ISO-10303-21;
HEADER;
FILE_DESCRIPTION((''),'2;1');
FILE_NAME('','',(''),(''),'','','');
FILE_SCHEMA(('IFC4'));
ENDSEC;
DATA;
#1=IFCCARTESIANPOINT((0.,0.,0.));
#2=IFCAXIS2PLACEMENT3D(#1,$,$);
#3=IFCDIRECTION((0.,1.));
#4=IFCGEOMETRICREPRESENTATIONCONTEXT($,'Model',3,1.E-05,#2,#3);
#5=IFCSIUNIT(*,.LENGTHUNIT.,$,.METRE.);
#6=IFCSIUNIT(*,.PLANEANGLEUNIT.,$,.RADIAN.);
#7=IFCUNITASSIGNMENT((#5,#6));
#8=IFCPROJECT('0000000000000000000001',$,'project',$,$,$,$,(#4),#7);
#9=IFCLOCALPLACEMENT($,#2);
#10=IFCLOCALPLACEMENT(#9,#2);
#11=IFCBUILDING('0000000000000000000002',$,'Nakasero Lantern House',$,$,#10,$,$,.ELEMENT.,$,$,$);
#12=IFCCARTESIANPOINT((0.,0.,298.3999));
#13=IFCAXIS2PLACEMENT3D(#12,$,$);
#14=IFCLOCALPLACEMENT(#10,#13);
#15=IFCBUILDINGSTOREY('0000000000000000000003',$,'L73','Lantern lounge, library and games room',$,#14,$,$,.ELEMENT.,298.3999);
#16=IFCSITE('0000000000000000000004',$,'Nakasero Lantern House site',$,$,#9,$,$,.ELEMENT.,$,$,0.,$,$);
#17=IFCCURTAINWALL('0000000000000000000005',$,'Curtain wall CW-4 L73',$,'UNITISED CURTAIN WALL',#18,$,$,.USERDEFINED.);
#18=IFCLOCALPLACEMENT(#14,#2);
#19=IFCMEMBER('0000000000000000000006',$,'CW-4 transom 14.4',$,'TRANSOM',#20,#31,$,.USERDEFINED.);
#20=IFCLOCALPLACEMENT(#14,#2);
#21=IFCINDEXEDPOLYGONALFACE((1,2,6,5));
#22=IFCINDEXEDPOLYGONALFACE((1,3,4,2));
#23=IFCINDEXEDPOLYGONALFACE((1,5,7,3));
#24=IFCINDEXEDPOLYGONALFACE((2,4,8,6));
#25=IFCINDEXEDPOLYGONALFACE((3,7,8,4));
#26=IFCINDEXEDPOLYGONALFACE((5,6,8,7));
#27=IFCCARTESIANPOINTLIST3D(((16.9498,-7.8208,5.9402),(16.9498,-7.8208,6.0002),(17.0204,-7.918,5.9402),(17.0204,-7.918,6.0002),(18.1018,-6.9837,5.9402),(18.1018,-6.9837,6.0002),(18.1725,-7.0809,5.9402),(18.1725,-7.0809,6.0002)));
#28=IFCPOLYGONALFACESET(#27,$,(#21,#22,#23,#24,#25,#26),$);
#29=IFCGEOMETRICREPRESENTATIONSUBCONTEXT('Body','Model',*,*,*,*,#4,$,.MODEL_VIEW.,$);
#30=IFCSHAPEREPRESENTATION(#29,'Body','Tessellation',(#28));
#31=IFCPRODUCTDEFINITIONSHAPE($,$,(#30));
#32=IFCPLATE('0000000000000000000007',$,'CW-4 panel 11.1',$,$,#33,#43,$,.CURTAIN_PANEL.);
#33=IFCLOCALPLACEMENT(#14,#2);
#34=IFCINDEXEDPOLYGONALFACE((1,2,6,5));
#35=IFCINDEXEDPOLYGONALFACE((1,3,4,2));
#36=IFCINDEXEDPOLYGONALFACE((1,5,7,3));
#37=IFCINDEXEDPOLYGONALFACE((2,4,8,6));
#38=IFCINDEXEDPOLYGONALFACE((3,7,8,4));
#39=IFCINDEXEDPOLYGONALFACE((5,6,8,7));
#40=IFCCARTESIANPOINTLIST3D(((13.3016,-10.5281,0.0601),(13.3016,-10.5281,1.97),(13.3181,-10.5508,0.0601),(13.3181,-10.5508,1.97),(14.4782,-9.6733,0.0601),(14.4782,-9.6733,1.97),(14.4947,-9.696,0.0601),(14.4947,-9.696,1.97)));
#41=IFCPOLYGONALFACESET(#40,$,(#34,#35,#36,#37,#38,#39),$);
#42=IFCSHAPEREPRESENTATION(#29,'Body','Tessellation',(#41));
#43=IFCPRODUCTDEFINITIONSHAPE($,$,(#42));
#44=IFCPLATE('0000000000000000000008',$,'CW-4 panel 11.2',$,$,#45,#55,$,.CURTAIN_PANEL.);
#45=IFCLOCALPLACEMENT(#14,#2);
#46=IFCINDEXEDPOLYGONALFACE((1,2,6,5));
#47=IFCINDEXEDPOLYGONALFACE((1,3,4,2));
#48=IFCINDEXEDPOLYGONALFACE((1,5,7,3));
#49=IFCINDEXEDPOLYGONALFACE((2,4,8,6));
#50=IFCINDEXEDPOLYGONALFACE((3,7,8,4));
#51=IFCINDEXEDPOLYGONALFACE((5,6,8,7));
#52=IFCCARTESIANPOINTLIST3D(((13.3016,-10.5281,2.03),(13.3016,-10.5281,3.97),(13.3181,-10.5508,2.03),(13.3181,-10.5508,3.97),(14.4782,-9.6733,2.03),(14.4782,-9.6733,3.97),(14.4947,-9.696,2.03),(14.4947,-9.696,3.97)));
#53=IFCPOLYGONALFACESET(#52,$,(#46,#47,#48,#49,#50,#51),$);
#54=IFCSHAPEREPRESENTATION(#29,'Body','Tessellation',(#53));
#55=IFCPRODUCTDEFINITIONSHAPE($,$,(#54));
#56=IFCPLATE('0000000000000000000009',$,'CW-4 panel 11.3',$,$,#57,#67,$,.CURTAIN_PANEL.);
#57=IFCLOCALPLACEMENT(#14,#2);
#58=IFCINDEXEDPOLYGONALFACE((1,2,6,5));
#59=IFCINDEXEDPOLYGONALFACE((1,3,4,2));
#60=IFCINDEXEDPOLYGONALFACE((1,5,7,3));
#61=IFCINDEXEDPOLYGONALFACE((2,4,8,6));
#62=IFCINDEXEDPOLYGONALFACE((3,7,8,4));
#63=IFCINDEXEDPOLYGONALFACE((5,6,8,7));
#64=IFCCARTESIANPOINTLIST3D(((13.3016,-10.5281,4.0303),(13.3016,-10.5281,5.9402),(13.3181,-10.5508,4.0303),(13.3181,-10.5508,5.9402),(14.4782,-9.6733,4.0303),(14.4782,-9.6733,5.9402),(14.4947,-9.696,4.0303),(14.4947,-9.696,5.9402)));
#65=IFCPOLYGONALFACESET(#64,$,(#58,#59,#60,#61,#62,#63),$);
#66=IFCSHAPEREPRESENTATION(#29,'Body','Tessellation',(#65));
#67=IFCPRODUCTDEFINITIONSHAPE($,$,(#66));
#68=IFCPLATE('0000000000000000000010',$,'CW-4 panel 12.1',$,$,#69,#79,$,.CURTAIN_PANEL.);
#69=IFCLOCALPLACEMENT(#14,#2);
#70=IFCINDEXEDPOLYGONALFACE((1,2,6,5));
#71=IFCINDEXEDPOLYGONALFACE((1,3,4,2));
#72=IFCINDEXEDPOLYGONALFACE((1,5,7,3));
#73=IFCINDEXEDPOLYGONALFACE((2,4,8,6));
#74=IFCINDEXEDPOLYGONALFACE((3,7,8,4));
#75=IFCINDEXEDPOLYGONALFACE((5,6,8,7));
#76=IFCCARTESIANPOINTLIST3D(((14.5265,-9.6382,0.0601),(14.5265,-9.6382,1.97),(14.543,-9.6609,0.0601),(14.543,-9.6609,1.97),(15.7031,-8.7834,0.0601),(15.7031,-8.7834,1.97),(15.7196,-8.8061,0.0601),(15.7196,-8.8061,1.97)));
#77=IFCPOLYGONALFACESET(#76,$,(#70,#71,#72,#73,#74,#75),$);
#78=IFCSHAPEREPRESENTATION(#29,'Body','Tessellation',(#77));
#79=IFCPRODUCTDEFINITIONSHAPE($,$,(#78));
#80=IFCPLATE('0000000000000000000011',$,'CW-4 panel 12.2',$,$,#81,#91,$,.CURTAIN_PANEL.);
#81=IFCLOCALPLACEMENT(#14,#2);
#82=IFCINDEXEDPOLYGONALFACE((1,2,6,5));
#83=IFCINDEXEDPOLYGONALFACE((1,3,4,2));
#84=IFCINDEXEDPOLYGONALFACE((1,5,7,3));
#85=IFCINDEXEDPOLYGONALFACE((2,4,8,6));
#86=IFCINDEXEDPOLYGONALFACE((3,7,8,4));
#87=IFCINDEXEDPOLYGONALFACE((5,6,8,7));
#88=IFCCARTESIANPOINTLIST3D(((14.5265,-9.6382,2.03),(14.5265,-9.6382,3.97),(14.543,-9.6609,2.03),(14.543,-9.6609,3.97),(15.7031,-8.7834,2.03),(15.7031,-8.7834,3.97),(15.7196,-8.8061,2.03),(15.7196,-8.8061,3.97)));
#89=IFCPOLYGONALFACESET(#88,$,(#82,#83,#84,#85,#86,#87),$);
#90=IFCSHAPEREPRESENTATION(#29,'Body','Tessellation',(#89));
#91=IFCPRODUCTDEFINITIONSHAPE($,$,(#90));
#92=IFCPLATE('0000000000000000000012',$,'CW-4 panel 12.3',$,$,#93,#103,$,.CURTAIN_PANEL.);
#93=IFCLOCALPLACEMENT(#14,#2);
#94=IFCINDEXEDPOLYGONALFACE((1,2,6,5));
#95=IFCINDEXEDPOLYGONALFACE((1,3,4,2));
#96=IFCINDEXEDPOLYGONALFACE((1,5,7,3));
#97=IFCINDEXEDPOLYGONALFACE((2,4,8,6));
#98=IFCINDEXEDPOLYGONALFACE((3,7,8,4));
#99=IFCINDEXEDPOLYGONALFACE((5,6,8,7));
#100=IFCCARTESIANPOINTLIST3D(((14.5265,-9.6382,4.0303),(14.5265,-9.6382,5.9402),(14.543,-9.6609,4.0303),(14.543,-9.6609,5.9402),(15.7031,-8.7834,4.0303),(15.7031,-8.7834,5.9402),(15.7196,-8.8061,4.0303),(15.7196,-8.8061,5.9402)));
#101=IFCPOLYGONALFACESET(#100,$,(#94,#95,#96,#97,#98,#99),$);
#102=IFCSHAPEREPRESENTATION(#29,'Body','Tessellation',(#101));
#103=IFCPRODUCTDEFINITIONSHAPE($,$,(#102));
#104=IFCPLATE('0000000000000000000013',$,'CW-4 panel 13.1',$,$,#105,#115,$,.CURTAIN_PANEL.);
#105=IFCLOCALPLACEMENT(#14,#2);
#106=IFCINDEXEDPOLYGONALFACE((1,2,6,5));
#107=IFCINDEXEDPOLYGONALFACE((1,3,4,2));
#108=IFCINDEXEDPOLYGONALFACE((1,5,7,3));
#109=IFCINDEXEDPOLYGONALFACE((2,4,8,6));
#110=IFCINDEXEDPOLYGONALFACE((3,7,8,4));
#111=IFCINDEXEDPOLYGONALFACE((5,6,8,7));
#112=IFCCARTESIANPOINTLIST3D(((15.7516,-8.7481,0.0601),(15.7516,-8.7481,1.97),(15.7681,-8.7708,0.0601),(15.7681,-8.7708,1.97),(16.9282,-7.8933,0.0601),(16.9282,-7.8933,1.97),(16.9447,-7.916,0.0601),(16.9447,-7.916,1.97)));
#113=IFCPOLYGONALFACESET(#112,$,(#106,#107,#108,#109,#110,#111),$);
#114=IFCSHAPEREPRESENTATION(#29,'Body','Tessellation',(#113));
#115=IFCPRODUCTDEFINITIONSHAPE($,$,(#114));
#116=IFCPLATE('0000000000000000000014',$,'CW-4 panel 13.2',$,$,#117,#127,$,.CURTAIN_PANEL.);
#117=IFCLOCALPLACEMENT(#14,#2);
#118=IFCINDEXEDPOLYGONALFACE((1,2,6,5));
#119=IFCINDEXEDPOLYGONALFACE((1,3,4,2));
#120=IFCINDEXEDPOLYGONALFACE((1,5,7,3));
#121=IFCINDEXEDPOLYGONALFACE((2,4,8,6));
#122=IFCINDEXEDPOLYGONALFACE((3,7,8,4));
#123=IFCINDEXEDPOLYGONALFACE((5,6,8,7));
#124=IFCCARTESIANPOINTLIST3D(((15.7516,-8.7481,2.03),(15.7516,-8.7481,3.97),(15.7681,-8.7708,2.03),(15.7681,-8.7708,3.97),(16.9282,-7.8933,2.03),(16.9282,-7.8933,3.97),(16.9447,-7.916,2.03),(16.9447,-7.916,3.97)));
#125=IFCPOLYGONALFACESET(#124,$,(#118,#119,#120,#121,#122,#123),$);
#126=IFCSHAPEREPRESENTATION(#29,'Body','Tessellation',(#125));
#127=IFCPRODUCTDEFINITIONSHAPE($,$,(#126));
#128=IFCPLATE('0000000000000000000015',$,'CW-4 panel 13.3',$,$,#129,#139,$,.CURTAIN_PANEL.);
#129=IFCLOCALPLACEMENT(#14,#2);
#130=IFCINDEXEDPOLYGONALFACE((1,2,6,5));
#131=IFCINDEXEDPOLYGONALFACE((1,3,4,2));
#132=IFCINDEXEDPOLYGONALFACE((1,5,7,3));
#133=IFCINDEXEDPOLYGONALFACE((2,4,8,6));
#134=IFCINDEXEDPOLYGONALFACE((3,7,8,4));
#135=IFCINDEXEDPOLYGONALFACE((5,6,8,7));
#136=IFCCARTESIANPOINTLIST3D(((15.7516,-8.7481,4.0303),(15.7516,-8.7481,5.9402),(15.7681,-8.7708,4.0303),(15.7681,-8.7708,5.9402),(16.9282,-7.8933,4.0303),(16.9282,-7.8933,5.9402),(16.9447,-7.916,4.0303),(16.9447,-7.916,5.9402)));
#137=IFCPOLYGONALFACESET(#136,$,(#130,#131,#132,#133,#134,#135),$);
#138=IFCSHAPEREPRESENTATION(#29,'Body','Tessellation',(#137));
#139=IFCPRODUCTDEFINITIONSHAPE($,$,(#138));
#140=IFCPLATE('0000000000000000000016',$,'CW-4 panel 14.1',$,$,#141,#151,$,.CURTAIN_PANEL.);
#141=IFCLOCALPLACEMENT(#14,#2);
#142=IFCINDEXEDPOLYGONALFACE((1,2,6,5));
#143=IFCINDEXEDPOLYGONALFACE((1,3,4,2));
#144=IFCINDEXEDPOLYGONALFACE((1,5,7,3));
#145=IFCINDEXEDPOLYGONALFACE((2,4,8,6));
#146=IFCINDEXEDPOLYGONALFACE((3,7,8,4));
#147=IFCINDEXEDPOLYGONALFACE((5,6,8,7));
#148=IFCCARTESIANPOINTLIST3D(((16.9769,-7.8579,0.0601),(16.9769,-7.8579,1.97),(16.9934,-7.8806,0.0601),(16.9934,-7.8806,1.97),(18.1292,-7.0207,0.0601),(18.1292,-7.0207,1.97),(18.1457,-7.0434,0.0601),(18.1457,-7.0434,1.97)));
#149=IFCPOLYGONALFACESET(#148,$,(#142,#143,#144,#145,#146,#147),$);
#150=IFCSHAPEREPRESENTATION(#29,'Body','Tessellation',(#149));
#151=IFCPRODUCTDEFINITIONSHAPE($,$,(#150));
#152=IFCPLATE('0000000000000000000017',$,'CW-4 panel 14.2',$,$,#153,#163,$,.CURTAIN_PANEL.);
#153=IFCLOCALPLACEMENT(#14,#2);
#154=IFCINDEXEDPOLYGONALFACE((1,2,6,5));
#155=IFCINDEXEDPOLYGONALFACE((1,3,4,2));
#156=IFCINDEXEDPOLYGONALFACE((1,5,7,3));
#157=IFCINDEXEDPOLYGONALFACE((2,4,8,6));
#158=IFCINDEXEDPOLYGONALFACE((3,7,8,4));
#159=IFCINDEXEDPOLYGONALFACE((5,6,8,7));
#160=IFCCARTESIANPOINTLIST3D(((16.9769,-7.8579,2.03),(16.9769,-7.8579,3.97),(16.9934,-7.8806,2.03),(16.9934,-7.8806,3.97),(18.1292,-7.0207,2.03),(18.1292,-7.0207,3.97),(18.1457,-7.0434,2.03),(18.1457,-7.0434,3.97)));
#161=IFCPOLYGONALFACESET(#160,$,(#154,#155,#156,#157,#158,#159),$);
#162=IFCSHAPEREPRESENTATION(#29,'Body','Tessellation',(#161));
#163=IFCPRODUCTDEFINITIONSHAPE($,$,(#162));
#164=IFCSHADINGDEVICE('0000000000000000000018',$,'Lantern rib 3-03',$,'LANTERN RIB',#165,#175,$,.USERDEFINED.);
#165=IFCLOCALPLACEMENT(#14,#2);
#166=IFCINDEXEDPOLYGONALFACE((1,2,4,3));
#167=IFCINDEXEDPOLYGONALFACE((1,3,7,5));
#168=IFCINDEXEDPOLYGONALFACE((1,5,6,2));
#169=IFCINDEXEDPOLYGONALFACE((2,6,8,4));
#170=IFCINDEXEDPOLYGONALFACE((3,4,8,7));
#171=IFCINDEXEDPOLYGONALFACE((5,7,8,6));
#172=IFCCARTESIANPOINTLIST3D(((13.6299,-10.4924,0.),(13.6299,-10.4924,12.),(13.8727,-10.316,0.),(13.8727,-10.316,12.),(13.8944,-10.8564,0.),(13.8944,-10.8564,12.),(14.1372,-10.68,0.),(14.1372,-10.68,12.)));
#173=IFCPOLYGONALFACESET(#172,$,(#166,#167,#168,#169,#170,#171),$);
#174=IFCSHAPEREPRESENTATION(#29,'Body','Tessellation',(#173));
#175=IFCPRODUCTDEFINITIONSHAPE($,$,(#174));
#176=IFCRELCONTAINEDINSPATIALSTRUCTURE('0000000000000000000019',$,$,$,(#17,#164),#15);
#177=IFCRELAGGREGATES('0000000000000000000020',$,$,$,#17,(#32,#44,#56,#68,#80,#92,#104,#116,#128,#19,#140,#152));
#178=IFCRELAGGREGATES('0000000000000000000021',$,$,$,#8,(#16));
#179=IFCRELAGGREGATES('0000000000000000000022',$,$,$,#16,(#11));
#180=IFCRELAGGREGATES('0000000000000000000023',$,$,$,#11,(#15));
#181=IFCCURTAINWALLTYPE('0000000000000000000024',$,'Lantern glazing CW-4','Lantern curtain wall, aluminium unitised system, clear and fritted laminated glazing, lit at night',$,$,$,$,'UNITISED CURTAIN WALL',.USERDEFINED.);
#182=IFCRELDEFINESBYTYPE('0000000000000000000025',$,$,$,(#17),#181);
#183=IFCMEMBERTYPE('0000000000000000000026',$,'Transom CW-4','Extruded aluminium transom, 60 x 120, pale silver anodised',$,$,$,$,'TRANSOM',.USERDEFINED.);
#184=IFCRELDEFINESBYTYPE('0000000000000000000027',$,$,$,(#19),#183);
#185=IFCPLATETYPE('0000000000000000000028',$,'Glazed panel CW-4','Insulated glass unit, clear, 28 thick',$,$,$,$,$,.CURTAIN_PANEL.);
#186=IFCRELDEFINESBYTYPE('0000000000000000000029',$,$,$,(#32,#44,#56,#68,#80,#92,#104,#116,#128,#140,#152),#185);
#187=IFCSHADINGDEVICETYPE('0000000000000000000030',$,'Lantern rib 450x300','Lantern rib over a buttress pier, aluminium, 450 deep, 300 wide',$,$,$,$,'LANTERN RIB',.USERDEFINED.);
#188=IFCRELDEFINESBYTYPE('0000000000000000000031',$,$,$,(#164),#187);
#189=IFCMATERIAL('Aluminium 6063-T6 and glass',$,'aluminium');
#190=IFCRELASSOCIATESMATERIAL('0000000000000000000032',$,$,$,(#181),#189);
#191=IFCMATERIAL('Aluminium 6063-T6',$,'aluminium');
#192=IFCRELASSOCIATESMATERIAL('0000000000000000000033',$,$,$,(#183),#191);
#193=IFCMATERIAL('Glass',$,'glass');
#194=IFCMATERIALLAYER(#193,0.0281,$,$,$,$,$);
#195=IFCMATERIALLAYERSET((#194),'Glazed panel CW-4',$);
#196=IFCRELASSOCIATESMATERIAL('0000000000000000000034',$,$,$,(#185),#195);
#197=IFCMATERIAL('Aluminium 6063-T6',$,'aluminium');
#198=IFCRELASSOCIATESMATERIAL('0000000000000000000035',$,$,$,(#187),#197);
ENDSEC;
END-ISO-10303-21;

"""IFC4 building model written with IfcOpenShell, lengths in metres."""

from ifc_helpers import new_model, si_unit, direction, frame, origin, origin_2d, place, context, subcontext, project, spatial, rectangle, extrude, material, layer, layer_set, material_profile, profile_set, type_object, element, aggregate, save


model = new_model("IFC4")

# Units and contexts
model_context = context("Model", 3, precision=1e-05, world=origin(), true_north=direction((0.0, 1.0)))
body_context = subcontext(model_context, "Body", "Model", "MODEL_VIEW")
ifc_project = project(units=[si_unit("LENGTHUNIT", "METRE"), si_unit("PLANEANGLEUNIT", "RADIAN")], contexts=[model_context])

# Site, building, storey
site_placement = place(None, origin())
site = spatial("IfcSite", under=ifc_project, at=site_placement, Name="Nakasero Lantern House site", CompositionType="ELEMENT", RefElevation=0.0)
building_placement = place(site_placement, origin())
building = spatial("IfcBuilding", under=site, at=building_placement, Name="Nakasero Lantern House", CompositionType="ELEMENT")
storey_placement = place(building_placement, frame((0.0, 0.0, 298.3999)))
storey = spatial("IfcBuildingStorey", under=building, at=storey_placement, Name="L73", Description="Lantern lounge, library and games room", CompositionType="ELEMENT", Elevation=298.3999)

# Curtain wall, member, plates
ifc_material_1 = material(Name="Aluminium 6063-T6 and glass", Category="aluminium")
curtain_wall_type = type_object("IfcCurtainWallType", Name="Lantern glazing CW-4", Description="Lantern curtain wall, aluminium unitised system, clear and fritted laminated glazing, lit at night", ElementType="UNITISED CURTAIN WALL", PredefinedType="USERDEFINED", material=ifc_material_1)
curtain_wall_placement = place(storey_placement, origin())
curtain_wall = element("IfcCurtainWall", 1, at=curtain_wall_placement, inside=storey, type_object=curtain_wall_type, Name="Curtain wall CW-4 L73", ObjectType="UNITISED CURTAIN WALL", PredefinedType="USERDEFINED")
ifc_material_2 = material(Name="Aluminium 6063-T6", Category="aluminium")
ifc_material_profile_1 = material_profile(ifc_material_2, rectangle(XDim=0.0601, YDim=0.1201, at=origin_2d()), Name="CW-4 transom 60x120")
ifc_profile_set_1 = profile_set([ifc_material_profile_1], Name="Aluminium 6063-T6")
member_type_1 = type_object("IfcMemberType", Name="Transom CW-4", Description="Extruded aluminium transom, 60 x 120, pale silver anodised", ElementType="TRANSOM", PredefinedType="USERDEFINED", material=ifc_profile_set_1)
member_1_placement = place(storey_placement, frame((16.9851, -7.8694, 5.9702), z_axis=(0.808981, 0.587835, 0.0), x_axis=(0.0, 0.0, 1.0)))
member_1 = element("IfcMember", 2, at=member_1_placement, type_object=member_type_1, Name="CW-4 transom 14.4", ObjectType="TRANSOM", PredefinedType="USERDEFINED", context=body_context, shape_type="SweptSolid", body=[
    extrude(rectangle(XDim=0.0601, YDim=0.1201, at=origin_2d()), origin(), (0.0, 0.0, 1.0), 1.4241),
])
ifc_material_3 = material(Name="Glass", Category="glass")
ifc_layer = layer(ifc_material_3, 0.0281)
ifc_layer_set = layer_set([ifc_layer], Name="Glazed panel CW-4")
plate_type = type_object("IfcPlateType", Name="Glazed panel CW-4", Description="Insulated glass unit, clear, 28 thick", PredefinedType="CURTAIN_PANEL", material=ifc_layer_set)
plate_1_placement = place(storey_placement, frame((13.8982, -10.1121, 0.0601), z_axis=(0.0, 0.0, 1.0), x_axis=(0.809017, 0.587785, 0.0)))
plate_1 = element("IfcPlate", 3, at=plate_1_placement, type_object=plate_type, Name="CW-4 panel 11.1", PredefinedType="CURTAIN_PANEL", context=body_context, shape_type="SweptSolid", body=[
    extrude(rectangle(XDim=1.4543, YDim=0.0281, at=origin_2d()), origin(), (0.0, 0.0, 1.0), 1.9099),
])
plate_2_placement = place(storey_placement, frame((13.8982, -10.1121, 2.03), z_axis=(0.0, 0.0, 1.0), x_axis=(0.809017, 0.587785, 0.0)))
plate_2 = element("IfcPlate", 4, at=plate_2_placement, type_object=plate_type, Name="CW-4 panel 11.2", PredefinedType="CURTAIN_PANEL", context=body_context, shape_type="SweptSolid", body=[
    extrude(rectangle(XDim=1.4543, YDim=0.0281, at=origin_2d()), origin(), (0.0, 0.0, 1.0), 1.9399),
])
plate_3_placement = place(storey_placement, frame((13.8982, -10.1121, 4.0303), z_axis=(0.0, 0.0, 1.0), x_axis=(0.809017, 0.587785, 0.0)))
plate_3 = element("IfcPlate", 5, at=plate_3_placement, type_object=plate_type, Name="CW-4 panel 11.3", PredefinedType="CURTAIN_PANEL", context=body_context, shape_type="SweptSolid", body=[
    extrude(rectangle(XDim=1.4543, YDim=0.0281, at=origin_2d()), origin(), (0.0, 0.0, 1.0), 1.9099),
])
plate_4_placement = place(storey_placement, frame((15.123, -9.2222, 0.0601), z_axis=(0.0, 0.0, 1.0), x_axis=(0.809017, 0.587785, 0.0)))
plate_4 = element("IfcPlate", 6, at=plate_4_placement, type_object=plate_type, Name="CW-4 panel 12.1", PredefinedType="CURTAIN_PANEL", context=body_context, shape_type="SweptSolid", body=[
    extrude(rectangle(XDim=1.4543, YDim=0.0281, at=origin_2d()), origin(), (0.0, 0.0, 1.0), 1.9099),
])
plate_5_placement = place(storey_placement, frame((15.123, -9.2222, 2.03), z_axis=(0.0, 0.0, 1.0), x_axis=(0.809017, 0.587785, 0.0)))
plate_5 = element("IfcPlate", 7, at=plate_5_placement, type_object=plate_type, Name="CW-4 panel 12.2", PredefinedType="CURTAIN_PANEL", context=body_context, shape_type="SweptSolid", body=[
    extrude(rectangle(XDim=1.4543, YDim=0.0281, at=origin_2d()), origin(), (0.0, 0.0, 1.0), 1.9399),
])
plate_6_placement = place(storey_placement, frame((15.123, -9.2222, 4.0303), z_axis=(0.0, 0.0, 1.0), x_axis=(0.809017, 0.587785, 0.0)))
plate_6 = element("IfcPlate", 8, at=plate_6_placement, type_object=plate_type, Name="CW-4 panel 12.3", PredefinedType="CURTAIN_PANEL", context=body_context, shape_type="SweptSolid", body=[
    extrude(rectangle(XDim=1.4543, YDim=0.0281, at=origin_2d()), origin(), (0.0, 0.0, 1.0), 1.9099),
])
plate_7_placement = place(storey_placement, frame((16.3481, -8.332, 0.0601), z_axis=(0.0, 0.0, 1.0), x_axis=(0.809017, 0.587785, 0.0)))
plate_7 = element("IfcPlate", 9, at=plate_7_placement, type_object=plate_type, Name="CW-4 panel 13.1", PredefinedType="CURTAIN_PANEL", context=body_context, shape_type="SweptSolid", body=[
    extrude(rectangle(XDim=1.4543, YDim=0.0281, at=origin_2d()), origin(), (0.0, 0.0, 1.0), 1.9099),
])
plate_8_placement = place(storey_placement, frame((16.3481, -8.332, 2.03), z_axis=(0.0, 0.0, 1.0), x_axis=(0.809017, 0.587785, 0.0)))
plate_8 = element("IfcPlate", 10, at=plate_8_placement, type_object=plate_type, Name="CW-4 panel 13.2", PredefinedType="CURTAIN_PANEL", context=body_context, shape_type="SweptSolid", body=[
    extrude(rectangle(XDim=1.4543, YDim=0.0281, at=origin_2d()), origin(), (0.0, 0.0, 1.0), 1.9399),
])
plate_9_placement = place(storey_placement, frame((16.3481, -8.332, 4.0303), z_axis=(0.0, 0.0, 1.0), x_axis=(0.809017, 0.587785, 0.0)))
plate_9 = element("IfcPlate", 11, at=plate_9_placement, type_object=plate_type, Name="CW-4 panel 13.3", PredefinedType="CURTAIN_PANEL", context=body_context, shape_type="SweptSolid", body=[
    extrude(rectangle(XDim=1.4543, YDim=0.0281, at=origin_2d()), origin(), (0.0, 0.0, 1.0), 1.9099),
])
plate_10_placement = place(storey_placement, frame((17.5613, -7.4507, 0.0601), z_axis=(0.0, 0.0, 1.0), x_axis=(0.809017, 0.587785, 0.0)))
plate_10 = element("IfcPlate", 12, at=plate_10_placement, type_object=plate_type, Name="CW-4 panel 14.1", PredefinedType="CURTAIN_PANEL", context=body_context, shape_type="SweptSolid", body=[
    extrude(rectangle(XDim=1.4243, YDim=0.0281, at=origin_2d()), origin(), (0.0, 0.0, 1.0), 1.9099),
])
plate_11_placement = place(storey_placement, frame((17.5613, -7.4507, 2.03), z_axis=(0.0, 0.0, 1.0), x_axis=(0.809017, 0.587785, 0.0)))
plate_11 = element("IfcPlate", 13, at=plate_11_placement, type_object=plate_type, Name="CW-4 panel 14.2", PredefinedType="CURTAIN_PANEL", context=body_context, shape_type="SweptSolid", body=[
    extrude(rectangle(XDim=1.4243, YDim=0.0281, at=origin_2d()), origin(), (0.0, 0.0, 1.0), 1.9399),
])
aggregate(curtain_wall, [plate_1, plate_2, plate_3, plate_4, plate_5, plate_6, plate_7, plate_8, plate_9, member_1, plate_10, plate_11])

# Shading device
ifc_material_4 = material(Name="Aluminium 6063-T6", Category="aluminium")
shading_device_type = type_object("IfcShadingDeviceType", Name="Lantern rib 450x300", Description="Lantern rib over a buttress pier, aluminium, 450 deep, 300 wide", ElementType="LANTERN RIB", PredefinedType="USERDEFINED", material=ifc_material_4)
shading_device_placement = place(storey_placement, frame((13.8835, -10.5862, 0.0), z_axis=(0.0, 0.0, 1.0), x_axis=(0.587785, -0.809017, 0.0)))
element("IfcShadingDevice", 14, at=shading_device_placement, inside=storey, type_object=shading_device_type, Name="Lantern rib 3-03", ObjectType="LANTERN RIB", PredefinedType="USERDEFINED", context=body_context, shape_type="SweptSolid", body=[
    extrude(rectangle(XDim=0.45, YDim=0.3, at=origin_2d()), origin(), (0.0, 0.0, 1.0), 12.0),
])

save(model, "model.ifc")
